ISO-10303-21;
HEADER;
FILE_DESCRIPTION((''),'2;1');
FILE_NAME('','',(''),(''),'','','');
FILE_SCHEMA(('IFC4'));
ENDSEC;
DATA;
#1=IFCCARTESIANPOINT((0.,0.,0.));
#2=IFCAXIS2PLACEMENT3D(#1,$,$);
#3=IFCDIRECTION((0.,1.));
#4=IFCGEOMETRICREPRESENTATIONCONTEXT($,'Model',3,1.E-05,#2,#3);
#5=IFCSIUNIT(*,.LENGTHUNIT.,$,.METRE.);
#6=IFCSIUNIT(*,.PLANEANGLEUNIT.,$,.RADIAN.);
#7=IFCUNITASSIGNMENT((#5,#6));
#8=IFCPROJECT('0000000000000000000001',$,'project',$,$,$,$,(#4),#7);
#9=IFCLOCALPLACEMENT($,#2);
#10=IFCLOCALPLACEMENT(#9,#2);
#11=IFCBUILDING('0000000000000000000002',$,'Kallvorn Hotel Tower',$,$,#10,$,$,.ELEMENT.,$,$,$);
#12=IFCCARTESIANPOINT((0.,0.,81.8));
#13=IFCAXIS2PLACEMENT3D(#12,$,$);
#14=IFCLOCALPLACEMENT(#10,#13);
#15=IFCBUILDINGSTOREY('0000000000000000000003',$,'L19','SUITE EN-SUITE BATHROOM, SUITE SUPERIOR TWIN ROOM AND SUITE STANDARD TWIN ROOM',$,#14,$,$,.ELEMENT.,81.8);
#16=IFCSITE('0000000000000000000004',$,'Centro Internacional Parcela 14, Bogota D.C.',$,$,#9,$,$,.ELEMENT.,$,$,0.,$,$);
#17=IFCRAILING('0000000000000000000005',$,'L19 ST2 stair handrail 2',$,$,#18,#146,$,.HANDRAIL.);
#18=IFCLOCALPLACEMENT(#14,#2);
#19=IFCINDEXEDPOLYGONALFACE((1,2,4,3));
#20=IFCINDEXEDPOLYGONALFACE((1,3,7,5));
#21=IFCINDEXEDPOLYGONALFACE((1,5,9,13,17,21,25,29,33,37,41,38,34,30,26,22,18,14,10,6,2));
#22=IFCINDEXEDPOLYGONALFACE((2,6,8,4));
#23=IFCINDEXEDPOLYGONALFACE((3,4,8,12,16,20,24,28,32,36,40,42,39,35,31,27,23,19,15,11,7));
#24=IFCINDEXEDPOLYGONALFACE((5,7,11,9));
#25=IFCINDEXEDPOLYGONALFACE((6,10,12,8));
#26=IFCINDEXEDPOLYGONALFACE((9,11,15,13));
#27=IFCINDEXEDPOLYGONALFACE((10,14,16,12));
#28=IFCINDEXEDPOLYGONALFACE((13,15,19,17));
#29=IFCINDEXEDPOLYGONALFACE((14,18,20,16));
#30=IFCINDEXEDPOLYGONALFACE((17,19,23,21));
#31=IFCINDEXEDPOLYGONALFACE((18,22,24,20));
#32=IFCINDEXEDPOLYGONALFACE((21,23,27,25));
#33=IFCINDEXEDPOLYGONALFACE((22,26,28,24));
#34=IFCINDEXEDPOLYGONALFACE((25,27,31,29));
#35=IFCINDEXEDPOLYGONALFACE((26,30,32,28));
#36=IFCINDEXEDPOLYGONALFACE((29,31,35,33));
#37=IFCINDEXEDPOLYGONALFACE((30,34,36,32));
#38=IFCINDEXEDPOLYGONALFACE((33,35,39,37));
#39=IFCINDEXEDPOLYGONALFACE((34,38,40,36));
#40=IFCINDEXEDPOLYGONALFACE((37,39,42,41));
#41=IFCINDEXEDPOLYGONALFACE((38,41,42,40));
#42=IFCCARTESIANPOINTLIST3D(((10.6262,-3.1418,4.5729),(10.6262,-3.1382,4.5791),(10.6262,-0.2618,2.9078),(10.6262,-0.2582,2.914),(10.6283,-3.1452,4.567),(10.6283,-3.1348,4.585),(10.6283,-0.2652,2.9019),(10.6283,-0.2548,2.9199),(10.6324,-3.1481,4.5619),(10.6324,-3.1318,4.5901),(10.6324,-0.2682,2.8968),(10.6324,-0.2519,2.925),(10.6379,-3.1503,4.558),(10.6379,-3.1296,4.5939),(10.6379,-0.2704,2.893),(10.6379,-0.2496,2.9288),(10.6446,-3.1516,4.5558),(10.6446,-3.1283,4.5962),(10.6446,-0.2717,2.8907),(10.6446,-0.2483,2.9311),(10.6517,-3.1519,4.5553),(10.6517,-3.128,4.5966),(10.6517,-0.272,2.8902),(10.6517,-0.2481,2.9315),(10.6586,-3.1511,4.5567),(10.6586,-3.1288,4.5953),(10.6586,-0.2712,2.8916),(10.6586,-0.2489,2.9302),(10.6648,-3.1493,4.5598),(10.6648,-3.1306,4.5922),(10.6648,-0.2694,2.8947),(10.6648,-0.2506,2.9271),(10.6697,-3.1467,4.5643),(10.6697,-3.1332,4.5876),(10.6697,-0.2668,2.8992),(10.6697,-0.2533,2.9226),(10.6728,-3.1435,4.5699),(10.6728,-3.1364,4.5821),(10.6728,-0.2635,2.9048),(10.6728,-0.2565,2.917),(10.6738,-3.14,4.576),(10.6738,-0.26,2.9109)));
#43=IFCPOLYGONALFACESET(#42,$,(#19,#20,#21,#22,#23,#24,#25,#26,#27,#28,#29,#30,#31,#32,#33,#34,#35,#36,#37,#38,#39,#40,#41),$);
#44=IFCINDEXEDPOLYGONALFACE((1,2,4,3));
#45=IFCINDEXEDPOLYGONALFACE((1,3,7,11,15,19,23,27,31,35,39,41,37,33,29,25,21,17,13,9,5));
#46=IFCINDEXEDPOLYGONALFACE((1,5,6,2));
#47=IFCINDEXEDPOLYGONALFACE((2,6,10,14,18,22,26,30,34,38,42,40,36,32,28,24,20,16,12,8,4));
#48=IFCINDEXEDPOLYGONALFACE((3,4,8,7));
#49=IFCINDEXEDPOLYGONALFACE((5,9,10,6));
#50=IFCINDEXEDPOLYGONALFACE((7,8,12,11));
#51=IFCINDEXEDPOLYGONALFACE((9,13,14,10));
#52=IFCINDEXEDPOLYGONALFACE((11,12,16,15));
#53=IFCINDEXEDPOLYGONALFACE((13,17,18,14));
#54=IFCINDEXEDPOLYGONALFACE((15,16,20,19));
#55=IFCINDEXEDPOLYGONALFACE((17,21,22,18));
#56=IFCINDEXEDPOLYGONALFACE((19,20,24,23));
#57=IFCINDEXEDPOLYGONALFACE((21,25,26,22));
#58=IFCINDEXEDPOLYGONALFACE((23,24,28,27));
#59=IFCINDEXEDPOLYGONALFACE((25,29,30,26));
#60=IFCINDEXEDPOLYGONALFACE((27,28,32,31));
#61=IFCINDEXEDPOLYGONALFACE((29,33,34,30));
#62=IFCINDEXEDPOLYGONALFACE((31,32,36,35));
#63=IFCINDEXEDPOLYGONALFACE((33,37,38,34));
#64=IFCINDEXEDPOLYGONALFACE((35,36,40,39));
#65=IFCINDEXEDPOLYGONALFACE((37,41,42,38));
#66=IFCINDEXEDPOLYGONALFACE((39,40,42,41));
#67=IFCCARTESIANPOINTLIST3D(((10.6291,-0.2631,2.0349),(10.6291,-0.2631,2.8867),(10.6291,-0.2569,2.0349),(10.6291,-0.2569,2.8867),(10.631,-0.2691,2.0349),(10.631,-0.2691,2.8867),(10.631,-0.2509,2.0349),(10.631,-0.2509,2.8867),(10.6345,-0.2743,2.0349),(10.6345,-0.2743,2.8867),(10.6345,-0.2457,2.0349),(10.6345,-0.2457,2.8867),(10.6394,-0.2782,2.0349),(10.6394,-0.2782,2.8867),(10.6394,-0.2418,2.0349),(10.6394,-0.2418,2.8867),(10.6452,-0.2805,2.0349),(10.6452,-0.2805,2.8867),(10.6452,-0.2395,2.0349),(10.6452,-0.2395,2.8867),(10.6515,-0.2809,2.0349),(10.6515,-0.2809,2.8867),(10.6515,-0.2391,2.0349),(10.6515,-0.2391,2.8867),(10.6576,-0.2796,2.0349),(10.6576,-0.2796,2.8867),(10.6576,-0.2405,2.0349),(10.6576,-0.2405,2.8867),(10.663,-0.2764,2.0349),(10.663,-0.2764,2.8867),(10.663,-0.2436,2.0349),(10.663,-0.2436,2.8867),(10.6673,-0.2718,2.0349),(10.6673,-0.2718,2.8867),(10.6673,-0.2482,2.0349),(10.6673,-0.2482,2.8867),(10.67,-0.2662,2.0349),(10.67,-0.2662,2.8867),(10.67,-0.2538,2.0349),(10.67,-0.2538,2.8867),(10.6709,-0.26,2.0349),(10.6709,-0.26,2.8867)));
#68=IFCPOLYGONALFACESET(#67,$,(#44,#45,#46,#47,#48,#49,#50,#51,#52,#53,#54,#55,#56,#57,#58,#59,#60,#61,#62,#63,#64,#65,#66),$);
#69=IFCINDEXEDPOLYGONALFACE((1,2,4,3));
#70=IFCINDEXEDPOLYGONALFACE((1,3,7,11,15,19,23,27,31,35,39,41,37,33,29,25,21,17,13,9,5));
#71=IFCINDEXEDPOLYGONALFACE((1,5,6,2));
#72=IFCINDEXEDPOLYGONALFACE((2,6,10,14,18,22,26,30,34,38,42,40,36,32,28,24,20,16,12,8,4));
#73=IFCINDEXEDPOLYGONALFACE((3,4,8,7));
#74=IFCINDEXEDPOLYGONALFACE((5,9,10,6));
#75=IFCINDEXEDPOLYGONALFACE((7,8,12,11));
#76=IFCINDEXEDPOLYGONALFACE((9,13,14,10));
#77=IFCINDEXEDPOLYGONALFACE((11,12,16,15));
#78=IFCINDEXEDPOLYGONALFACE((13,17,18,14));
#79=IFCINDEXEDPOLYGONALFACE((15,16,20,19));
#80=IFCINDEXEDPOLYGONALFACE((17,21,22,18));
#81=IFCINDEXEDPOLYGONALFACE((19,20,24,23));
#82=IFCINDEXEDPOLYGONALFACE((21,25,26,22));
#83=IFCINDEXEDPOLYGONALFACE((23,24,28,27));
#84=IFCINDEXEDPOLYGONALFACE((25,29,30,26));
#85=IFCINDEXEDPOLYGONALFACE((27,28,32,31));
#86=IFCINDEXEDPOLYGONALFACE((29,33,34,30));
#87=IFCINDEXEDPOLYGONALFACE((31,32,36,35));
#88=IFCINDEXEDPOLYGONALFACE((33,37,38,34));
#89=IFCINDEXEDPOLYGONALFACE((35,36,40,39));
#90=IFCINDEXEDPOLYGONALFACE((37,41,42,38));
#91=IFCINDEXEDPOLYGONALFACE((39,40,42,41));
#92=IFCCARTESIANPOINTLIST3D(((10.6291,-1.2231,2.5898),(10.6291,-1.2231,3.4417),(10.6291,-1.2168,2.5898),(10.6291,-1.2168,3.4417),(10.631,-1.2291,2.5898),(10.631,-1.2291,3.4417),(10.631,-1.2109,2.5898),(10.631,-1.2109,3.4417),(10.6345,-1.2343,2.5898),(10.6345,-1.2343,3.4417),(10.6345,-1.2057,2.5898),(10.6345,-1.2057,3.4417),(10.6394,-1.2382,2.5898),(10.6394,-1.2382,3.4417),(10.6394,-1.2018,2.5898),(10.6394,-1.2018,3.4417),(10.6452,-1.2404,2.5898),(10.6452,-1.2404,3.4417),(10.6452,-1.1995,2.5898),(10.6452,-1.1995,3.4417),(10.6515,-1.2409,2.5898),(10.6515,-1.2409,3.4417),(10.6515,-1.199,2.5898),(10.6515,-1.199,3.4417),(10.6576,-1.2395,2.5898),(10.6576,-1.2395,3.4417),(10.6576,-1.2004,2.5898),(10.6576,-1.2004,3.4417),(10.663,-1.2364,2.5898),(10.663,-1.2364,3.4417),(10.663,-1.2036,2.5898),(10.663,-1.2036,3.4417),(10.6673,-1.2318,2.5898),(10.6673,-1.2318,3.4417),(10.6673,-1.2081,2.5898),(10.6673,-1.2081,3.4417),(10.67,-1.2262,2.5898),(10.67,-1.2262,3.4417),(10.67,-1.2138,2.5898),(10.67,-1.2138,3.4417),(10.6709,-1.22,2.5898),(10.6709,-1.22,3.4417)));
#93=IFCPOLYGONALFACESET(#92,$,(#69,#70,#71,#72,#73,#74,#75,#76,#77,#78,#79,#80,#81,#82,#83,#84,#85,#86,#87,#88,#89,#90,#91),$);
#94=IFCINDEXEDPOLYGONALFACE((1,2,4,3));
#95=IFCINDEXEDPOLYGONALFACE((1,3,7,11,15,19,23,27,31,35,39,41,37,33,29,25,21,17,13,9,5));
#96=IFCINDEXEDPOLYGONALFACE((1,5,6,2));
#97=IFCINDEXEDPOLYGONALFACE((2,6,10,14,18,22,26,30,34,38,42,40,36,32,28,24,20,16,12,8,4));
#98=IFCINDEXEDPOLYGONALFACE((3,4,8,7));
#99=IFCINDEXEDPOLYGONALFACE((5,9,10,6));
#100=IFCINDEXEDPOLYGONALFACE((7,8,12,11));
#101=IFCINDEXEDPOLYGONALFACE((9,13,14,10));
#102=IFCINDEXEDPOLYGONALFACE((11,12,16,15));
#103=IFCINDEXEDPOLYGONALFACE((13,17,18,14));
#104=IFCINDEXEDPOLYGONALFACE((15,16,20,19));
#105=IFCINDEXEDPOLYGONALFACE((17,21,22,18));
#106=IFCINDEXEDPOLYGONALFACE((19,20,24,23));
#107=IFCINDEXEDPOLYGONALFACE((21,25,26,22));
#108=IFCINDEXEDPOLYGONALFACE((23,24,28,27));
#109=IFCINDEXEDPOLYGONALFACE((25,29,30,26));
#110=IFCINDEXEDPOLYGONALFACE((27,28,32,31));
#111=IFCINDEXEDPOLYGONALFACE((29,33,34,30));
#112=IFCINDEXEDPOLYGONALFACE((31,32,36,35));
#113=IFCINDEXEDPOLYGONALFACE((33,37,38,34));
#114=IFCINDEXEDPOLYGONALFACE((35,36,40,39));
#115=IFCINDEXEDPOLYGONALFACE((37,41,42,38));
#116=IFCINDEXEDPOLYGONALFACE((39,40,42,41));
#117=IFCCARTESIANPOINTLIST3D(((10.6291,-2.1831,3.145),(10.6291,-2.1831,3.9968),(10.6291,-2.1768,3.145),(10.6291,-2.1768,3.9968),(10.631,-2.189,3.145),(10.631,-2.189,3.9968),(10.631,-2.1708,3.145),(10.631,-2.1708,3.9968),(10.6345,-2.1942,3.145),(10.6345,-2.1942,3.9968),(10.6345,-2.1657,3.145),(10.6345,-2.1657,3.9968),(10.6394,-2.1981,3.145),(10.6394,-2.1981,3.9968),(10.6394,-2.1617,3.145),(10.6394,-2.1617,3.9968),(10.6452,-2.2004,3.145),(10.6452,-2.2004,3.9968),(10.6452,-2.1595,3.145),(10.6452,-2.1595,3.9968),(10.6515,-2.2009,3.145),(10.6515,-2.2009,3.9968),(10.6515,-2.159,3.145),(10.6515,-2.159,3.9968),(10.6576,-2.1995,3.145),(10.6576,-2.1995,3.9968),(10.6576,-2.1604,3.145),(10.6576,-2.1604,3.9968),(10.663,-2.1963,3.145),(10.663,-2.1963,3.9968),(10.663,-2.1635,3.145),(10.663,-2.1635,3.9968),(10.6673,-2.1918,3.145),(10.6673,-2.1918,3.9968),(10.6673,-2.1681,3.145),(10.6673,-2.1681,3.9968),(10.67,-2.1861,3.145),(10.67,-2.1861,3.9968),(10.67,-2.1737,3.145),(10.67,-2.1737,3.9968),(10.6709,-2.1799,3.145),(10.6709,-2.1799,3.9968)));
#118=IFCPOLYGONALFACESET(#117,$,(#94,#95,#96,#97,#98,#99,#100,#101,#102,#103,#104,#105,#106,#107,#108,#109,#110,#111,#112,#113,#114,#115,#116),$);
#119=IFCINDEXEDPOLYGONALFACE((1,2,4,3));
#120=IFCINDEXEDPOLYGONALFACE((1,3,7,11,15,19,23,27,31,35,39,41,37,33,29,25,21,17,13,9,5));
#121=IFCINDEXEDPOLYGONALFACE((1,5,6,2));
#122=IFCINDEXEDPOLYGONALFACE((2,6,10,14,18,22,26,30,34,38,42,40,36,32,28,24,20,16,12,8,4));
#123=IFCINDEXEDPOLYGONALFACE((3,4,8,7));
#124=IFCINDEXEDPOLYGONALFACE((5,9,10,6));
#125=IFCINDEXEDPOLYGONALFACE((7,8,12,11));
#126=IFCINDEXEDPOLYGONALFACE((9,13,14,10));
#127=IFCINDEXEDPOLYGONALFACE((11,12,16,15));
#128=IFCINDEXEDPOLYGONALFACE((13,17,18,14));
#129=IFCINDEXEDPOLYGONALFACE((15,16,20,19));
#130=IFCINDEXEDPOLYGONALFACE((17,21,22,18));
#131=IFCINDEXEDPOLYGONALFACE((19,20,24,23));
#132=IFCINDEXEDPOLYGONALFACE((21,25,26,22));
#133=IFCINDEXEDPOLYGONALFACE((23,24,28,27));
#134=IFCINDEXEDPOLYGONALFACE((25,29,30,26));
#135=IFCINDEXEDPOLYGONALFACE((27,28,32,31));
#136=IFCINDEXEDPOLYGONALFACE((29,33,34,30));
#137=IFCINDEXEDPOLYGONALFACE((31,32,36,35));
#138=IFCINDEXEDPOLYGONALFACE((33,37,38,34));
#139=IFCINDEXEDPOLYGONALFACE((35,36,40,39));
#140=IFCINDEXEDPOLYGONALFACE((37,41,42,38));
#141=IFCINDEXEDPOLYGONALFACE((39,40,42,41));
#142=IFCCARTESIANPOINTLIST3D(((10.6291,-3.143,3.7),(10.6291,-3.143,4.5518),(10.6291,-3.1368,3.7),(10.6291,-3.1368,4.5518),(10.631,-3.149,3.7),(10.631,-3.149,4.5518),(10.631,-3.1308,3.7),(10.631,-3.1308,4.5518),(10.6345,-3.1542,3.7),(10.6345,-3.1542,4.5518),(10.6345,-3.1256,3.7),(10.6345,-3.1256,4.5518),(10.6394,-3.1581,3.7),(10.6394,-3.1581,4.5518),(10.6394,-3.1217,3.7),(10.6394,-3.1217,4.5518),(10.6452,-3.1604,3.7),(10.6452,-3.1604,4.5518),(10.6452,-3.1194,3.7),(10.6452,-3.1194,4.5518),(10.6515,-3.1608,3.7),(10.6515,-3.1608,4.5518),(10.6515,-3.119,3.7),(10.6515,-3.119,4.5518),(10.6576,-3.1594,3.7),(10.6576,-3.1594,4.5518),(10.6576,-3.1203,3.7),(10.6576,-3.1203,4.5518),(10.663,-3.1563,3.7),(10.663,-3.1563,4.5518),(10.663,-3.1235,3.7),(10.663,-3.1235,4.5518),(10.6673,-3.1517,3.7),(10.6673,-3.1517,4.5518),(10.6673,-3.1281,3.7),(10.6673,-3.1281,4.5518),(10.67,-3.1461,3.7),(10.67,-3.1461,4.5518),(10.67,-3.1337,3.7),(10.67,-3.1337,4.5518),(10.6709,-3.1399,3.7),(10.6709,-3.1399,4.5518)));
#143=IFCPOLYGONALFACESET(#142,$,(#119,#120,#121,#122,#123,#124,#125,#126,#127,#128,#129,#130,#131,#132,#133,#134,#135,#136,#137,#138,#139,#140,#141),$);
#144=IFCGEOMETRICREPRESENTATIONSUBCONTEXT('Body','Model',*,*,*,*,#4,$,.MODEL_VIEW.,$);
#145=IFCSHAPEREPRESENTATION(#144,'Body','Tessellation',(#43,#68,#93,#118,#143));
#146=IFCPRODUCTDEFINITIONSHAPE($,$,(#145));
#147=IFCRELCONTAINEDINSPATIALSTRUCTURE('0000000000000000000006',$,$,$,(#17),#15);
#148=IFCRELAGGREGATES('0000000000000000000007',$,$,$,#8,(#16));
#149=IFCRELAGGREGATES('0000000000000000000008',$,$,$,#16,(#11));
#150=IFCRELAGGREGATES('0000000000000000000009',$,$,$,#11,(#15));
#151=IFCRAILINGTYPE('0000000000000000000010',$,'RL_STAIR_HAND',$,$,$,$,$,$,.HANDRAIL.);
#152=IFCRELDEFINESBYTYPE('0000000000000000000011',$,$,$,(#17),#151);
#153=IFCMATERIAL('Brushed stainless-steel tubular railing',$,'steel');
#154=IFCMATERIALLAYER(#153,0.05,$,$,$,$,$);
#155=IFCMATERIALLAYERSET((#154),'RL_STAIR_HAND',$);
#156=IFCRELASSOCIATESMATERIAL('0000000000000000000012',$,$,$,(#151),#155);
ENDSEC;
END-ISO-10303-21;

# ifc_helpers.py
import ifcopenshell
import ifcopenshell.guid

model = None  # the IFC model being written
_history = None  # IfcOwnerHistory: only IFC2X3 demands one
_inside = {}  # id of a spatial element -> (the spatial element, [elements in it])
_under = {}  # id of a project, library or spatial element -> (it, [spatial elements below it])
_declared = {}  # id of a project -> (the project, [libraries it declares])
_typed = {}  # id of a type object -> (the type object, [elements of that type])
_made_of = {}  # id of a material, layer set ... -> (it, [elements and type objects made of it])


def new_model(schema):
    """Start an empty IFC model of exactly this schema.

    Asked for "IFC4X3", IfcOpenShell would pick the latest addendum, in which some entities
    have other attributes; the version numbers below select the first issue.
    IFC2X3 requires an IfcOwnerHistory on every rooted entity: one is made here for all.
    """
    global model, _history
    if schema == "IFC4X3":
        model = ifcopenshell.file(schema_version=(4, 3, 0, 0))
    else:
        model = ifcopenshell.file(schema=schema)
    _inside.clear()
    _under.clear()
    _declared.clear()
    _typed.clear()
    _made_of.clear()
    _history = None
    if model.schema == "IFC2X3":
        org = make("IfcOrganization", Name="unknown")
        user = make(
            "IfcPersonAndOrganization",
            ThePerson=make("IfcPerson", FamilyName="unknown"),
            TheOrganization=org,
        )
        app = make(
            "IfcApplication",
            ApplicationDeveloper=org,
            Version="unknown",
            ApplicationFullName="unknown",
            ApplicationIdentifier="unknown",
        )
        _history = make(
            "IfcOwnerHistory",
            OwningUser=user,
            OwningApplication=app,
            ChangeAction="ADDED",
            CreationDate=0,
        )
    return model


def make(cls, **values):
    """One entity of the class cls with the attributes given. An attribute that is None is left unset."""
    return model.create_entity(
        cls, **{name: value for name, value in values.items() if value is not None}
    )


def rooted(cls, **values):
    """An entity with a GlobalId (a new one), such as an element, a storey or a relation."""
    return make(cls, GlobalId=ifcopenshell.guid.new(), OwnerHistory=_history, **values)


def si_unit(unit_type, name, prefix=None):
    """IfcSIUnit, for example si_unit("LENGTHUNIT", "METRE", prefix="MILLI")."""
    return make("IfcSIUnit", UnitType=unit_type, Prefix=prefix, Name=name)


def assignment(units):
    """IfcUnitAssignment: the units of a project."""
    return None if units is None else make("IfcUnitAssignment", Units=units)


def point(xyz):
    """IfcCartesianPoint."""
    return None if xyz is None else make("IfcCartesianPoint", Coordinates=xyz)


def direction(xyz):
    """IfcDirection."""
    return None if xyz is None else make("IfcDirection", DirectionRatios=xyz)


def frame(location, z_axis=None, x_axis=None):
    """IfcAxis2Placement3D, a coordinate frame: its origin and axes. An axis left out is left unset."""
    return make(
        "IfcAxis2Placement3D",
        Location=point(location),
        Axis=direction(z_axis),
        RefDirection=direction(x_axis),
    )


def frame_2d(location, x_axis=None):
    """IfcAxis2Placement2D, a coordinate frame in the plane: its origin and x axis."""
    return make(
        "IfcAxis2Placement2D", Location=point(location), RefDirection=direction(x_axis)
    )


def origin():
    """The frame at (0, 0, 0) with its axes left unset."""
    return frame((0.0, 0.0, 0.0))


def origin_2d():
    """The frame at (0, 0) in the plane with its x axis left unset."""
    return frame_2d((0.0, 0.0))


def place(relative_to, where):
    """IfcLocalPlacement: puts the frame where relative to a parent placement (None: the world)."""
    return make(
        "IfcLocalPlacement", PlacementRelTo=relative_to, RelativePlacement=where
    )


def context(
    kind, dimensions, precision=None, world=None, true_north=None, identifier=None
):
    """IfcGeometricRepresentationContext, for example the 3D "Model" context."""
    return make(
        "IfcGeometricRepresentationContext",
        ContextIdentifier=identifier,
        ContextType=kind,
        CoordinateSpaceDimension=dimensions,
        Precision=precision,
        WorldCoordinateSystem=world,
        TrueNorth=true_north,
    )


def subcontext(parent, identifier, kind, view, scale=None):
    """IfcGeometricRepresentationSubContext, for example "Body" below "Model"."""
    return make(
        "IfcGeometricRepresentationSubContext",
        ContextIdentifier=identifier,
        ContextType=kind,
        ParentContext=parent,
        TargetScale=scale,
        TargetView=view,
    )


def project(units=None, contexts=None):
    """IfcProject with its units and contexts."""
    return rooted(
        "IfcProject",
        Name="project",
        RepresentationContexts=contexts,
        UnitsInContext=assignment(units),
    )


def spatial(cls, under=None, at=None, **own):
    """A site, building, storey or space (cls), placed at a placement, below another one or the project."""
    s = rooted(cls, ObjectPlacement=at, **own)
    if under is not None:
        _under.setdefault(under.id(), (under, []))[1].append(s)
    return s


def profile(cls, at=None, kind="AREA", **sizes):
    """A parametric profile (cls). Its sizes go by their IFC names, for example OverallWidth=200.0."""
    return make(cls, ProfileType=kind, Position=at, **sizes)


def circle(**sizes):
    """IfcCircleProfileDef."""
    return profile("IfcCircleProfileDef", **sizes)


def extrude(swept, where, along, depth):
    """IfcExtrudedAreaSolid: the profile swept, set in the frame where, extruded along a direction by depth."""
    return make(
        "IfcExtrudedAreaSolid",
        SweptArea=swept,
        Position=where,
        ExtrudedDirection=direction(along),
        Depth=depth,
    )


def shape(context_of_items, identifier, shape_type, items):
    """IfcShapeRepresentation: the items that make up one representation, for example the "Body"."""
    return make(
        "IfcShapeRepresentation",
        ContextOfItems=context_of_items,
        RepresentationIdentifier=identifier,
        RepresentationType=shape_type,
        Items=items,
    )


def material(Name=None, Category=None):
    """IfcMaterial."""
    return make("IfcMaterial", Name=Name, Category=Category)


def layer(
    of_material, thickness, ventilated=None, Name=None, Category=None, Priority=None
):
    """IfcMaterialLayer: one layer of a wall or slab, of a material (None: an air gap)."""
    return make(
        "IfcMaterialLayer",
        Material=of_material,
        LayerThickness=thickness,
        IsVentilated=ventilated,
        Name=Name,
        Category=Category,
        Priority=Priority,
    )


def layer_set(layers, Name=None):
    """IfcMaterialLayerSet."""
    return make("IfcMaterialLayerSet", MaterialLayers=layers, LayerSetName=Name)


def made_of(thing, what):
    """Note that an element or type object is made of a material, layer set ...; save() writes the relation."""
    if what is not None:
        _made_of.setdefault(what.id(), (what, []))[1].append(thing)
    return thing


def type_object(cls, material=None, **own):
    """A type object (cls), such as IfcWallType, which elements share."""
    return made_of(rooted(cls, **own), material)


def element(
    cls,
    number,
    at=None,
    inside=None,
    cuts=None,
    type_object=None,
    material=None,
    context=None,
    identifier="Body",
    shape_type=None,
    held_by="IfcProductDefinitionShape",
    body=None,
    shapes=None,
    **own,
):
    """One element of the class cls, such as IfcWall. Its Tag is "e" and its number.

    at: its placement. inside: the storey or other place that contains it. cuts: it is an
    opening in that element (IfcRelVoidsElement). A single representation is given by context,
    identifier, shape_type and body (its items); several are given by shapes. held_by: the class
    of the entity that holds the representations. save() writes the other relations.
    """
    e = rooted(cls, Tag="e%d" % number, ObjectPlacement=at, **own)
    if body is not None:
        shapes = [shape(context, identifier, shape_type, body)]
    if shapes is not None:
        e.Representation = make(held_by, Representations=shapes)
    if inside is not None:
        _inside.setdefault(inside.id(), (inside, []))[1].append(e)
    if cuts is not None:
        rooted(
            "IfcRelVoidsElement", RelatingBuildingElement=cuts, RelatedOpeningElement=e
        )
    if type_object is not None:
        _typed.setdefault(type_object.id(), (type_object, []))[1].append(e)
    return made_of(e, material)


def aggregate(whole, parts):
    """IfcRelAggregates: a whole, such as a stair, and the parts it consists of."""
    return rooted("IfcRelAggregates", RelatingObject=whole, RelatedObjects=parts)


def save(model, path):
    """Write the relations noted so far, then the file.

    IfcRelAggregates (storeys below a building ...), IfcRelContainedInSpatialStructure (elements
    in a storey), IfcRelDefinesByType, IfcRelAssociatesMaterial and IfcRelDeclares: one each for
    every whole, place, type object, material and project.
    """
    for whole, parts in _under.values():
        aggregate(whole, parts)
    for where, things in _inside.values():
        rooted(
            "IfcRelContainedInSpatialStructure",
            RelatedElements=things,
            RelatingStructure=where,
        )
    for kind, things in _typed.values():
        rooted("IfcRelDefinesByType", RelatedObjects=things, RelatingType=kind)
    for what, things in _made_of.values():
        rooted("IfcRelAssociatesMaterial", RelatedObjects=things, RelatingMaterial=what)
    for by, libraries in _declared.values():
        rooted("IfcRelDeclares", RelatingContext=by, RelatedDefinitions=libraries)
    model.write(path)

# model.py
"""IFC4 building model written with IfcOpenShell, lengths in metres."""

from ifc_helpers import new_model, si_unit, direction, frame, origin, origin_2d, place, context, subcontext, project, spatial, circle, extrude, material, layer, layer_set, type_object, element, save


model = new_model("IFC4")

# Units and contexts
model_context = context("Model", 3, precision=1e-05, world=origin(), true_north=direction((0.0, 1.0)))
body_context = subcontext(model_context, "Body", "Model", "MODEL_VIEW")
ifc_project = project(units=[si_unit("LENGTHUNIT", "METRE"), si_unit("PLANEANGLEUNIT", "RADIAN")], contexts=[model_context])

# Site, building, storey
site_placement = place(None, origin())
site = spatial("IfcSite", under=ifc_project, at=site_placement, Name="Centro Internacional Parcela 14, Bogota D.C.", CompositionType="ELEMENT", RefElevation=0.0)
building_placement = place(site_placement, origin())
building = spatial("IfcBuilding", under=site, at=building_placement, Name="Kallvorn Hotel Tower", CompositionType="ELEMENT")
storey_placement = place(building_placement, frame((0.0, 0.0, 81.8)))
storey = spatial("IfcBuildingStorey", under=building, at=storey_placement, Name="L19", Description="SUITE EN-SUITE BATHROOM, SUITE SUPERIOR TWIN ROOM AND SUITE STANDARD TWIN ROOM", CompositionType="ELEMENT", Elevation=81.8)

# Railing
ifc_material_1 = material(Name="Brushed stainless-steel tubular railing", Category="steel")
ifc_layer_1 = layer(ifc_material_1, 0.05)
ifc_layer_set_1 = layer_set([ifc_layer_1], Name="RL_STAIR_HAND")
railing_type_1 = type_object("IfcRailingType", Name="RL_STAIR_HAND", PredefinedType="HANDRAIL", material=ifc_layer_set_1)
railing_1_placement = place(storey_placement, frame((10.6499, -0.26, 2.0349)))
element("IfcRailing", 1, at=railing_1_placement, inside=storey, type_object=railing_type_1, Name="L19 ST2 stair handrail 2", PredefinedType="HANDRAIL", context=body_context, shape_type="SweptSolid", body=[
    extrude(circle(Radius=0.0239, at=origin_2d()), frame((0.0, 0.0, 0.876), z_axis=(0.0, -0.865721, 0.500527), x_axis=(1.0, 0.0, 0.0)), (0.0, 0.0, 1.0), 3.3267),
    extrude(circle(Radius=0.021, at=origin_2d()), origin(), (0.0, 0.0, 1.0), 0.8518),
    extrude(circle(Radius=0.021, at=origin_2d()), frame((0.0, -0.96, 0.5549)), (0.0, 0.0, 1.0), 0.8518),
    extrude(circle(Radius=0.021, at=origin_2d()), frame((0.0, -1.9199, 1.1101)), (0.0, 0.0, 1.0), 0.8518),
    extrude(circle(Radius=0.021, at=origin_2d()), frame((0.0, -2.8799, 1.665)), (0.0, 0.0, 1.0), 0.8518),
])

save(model, "model.ifc")
